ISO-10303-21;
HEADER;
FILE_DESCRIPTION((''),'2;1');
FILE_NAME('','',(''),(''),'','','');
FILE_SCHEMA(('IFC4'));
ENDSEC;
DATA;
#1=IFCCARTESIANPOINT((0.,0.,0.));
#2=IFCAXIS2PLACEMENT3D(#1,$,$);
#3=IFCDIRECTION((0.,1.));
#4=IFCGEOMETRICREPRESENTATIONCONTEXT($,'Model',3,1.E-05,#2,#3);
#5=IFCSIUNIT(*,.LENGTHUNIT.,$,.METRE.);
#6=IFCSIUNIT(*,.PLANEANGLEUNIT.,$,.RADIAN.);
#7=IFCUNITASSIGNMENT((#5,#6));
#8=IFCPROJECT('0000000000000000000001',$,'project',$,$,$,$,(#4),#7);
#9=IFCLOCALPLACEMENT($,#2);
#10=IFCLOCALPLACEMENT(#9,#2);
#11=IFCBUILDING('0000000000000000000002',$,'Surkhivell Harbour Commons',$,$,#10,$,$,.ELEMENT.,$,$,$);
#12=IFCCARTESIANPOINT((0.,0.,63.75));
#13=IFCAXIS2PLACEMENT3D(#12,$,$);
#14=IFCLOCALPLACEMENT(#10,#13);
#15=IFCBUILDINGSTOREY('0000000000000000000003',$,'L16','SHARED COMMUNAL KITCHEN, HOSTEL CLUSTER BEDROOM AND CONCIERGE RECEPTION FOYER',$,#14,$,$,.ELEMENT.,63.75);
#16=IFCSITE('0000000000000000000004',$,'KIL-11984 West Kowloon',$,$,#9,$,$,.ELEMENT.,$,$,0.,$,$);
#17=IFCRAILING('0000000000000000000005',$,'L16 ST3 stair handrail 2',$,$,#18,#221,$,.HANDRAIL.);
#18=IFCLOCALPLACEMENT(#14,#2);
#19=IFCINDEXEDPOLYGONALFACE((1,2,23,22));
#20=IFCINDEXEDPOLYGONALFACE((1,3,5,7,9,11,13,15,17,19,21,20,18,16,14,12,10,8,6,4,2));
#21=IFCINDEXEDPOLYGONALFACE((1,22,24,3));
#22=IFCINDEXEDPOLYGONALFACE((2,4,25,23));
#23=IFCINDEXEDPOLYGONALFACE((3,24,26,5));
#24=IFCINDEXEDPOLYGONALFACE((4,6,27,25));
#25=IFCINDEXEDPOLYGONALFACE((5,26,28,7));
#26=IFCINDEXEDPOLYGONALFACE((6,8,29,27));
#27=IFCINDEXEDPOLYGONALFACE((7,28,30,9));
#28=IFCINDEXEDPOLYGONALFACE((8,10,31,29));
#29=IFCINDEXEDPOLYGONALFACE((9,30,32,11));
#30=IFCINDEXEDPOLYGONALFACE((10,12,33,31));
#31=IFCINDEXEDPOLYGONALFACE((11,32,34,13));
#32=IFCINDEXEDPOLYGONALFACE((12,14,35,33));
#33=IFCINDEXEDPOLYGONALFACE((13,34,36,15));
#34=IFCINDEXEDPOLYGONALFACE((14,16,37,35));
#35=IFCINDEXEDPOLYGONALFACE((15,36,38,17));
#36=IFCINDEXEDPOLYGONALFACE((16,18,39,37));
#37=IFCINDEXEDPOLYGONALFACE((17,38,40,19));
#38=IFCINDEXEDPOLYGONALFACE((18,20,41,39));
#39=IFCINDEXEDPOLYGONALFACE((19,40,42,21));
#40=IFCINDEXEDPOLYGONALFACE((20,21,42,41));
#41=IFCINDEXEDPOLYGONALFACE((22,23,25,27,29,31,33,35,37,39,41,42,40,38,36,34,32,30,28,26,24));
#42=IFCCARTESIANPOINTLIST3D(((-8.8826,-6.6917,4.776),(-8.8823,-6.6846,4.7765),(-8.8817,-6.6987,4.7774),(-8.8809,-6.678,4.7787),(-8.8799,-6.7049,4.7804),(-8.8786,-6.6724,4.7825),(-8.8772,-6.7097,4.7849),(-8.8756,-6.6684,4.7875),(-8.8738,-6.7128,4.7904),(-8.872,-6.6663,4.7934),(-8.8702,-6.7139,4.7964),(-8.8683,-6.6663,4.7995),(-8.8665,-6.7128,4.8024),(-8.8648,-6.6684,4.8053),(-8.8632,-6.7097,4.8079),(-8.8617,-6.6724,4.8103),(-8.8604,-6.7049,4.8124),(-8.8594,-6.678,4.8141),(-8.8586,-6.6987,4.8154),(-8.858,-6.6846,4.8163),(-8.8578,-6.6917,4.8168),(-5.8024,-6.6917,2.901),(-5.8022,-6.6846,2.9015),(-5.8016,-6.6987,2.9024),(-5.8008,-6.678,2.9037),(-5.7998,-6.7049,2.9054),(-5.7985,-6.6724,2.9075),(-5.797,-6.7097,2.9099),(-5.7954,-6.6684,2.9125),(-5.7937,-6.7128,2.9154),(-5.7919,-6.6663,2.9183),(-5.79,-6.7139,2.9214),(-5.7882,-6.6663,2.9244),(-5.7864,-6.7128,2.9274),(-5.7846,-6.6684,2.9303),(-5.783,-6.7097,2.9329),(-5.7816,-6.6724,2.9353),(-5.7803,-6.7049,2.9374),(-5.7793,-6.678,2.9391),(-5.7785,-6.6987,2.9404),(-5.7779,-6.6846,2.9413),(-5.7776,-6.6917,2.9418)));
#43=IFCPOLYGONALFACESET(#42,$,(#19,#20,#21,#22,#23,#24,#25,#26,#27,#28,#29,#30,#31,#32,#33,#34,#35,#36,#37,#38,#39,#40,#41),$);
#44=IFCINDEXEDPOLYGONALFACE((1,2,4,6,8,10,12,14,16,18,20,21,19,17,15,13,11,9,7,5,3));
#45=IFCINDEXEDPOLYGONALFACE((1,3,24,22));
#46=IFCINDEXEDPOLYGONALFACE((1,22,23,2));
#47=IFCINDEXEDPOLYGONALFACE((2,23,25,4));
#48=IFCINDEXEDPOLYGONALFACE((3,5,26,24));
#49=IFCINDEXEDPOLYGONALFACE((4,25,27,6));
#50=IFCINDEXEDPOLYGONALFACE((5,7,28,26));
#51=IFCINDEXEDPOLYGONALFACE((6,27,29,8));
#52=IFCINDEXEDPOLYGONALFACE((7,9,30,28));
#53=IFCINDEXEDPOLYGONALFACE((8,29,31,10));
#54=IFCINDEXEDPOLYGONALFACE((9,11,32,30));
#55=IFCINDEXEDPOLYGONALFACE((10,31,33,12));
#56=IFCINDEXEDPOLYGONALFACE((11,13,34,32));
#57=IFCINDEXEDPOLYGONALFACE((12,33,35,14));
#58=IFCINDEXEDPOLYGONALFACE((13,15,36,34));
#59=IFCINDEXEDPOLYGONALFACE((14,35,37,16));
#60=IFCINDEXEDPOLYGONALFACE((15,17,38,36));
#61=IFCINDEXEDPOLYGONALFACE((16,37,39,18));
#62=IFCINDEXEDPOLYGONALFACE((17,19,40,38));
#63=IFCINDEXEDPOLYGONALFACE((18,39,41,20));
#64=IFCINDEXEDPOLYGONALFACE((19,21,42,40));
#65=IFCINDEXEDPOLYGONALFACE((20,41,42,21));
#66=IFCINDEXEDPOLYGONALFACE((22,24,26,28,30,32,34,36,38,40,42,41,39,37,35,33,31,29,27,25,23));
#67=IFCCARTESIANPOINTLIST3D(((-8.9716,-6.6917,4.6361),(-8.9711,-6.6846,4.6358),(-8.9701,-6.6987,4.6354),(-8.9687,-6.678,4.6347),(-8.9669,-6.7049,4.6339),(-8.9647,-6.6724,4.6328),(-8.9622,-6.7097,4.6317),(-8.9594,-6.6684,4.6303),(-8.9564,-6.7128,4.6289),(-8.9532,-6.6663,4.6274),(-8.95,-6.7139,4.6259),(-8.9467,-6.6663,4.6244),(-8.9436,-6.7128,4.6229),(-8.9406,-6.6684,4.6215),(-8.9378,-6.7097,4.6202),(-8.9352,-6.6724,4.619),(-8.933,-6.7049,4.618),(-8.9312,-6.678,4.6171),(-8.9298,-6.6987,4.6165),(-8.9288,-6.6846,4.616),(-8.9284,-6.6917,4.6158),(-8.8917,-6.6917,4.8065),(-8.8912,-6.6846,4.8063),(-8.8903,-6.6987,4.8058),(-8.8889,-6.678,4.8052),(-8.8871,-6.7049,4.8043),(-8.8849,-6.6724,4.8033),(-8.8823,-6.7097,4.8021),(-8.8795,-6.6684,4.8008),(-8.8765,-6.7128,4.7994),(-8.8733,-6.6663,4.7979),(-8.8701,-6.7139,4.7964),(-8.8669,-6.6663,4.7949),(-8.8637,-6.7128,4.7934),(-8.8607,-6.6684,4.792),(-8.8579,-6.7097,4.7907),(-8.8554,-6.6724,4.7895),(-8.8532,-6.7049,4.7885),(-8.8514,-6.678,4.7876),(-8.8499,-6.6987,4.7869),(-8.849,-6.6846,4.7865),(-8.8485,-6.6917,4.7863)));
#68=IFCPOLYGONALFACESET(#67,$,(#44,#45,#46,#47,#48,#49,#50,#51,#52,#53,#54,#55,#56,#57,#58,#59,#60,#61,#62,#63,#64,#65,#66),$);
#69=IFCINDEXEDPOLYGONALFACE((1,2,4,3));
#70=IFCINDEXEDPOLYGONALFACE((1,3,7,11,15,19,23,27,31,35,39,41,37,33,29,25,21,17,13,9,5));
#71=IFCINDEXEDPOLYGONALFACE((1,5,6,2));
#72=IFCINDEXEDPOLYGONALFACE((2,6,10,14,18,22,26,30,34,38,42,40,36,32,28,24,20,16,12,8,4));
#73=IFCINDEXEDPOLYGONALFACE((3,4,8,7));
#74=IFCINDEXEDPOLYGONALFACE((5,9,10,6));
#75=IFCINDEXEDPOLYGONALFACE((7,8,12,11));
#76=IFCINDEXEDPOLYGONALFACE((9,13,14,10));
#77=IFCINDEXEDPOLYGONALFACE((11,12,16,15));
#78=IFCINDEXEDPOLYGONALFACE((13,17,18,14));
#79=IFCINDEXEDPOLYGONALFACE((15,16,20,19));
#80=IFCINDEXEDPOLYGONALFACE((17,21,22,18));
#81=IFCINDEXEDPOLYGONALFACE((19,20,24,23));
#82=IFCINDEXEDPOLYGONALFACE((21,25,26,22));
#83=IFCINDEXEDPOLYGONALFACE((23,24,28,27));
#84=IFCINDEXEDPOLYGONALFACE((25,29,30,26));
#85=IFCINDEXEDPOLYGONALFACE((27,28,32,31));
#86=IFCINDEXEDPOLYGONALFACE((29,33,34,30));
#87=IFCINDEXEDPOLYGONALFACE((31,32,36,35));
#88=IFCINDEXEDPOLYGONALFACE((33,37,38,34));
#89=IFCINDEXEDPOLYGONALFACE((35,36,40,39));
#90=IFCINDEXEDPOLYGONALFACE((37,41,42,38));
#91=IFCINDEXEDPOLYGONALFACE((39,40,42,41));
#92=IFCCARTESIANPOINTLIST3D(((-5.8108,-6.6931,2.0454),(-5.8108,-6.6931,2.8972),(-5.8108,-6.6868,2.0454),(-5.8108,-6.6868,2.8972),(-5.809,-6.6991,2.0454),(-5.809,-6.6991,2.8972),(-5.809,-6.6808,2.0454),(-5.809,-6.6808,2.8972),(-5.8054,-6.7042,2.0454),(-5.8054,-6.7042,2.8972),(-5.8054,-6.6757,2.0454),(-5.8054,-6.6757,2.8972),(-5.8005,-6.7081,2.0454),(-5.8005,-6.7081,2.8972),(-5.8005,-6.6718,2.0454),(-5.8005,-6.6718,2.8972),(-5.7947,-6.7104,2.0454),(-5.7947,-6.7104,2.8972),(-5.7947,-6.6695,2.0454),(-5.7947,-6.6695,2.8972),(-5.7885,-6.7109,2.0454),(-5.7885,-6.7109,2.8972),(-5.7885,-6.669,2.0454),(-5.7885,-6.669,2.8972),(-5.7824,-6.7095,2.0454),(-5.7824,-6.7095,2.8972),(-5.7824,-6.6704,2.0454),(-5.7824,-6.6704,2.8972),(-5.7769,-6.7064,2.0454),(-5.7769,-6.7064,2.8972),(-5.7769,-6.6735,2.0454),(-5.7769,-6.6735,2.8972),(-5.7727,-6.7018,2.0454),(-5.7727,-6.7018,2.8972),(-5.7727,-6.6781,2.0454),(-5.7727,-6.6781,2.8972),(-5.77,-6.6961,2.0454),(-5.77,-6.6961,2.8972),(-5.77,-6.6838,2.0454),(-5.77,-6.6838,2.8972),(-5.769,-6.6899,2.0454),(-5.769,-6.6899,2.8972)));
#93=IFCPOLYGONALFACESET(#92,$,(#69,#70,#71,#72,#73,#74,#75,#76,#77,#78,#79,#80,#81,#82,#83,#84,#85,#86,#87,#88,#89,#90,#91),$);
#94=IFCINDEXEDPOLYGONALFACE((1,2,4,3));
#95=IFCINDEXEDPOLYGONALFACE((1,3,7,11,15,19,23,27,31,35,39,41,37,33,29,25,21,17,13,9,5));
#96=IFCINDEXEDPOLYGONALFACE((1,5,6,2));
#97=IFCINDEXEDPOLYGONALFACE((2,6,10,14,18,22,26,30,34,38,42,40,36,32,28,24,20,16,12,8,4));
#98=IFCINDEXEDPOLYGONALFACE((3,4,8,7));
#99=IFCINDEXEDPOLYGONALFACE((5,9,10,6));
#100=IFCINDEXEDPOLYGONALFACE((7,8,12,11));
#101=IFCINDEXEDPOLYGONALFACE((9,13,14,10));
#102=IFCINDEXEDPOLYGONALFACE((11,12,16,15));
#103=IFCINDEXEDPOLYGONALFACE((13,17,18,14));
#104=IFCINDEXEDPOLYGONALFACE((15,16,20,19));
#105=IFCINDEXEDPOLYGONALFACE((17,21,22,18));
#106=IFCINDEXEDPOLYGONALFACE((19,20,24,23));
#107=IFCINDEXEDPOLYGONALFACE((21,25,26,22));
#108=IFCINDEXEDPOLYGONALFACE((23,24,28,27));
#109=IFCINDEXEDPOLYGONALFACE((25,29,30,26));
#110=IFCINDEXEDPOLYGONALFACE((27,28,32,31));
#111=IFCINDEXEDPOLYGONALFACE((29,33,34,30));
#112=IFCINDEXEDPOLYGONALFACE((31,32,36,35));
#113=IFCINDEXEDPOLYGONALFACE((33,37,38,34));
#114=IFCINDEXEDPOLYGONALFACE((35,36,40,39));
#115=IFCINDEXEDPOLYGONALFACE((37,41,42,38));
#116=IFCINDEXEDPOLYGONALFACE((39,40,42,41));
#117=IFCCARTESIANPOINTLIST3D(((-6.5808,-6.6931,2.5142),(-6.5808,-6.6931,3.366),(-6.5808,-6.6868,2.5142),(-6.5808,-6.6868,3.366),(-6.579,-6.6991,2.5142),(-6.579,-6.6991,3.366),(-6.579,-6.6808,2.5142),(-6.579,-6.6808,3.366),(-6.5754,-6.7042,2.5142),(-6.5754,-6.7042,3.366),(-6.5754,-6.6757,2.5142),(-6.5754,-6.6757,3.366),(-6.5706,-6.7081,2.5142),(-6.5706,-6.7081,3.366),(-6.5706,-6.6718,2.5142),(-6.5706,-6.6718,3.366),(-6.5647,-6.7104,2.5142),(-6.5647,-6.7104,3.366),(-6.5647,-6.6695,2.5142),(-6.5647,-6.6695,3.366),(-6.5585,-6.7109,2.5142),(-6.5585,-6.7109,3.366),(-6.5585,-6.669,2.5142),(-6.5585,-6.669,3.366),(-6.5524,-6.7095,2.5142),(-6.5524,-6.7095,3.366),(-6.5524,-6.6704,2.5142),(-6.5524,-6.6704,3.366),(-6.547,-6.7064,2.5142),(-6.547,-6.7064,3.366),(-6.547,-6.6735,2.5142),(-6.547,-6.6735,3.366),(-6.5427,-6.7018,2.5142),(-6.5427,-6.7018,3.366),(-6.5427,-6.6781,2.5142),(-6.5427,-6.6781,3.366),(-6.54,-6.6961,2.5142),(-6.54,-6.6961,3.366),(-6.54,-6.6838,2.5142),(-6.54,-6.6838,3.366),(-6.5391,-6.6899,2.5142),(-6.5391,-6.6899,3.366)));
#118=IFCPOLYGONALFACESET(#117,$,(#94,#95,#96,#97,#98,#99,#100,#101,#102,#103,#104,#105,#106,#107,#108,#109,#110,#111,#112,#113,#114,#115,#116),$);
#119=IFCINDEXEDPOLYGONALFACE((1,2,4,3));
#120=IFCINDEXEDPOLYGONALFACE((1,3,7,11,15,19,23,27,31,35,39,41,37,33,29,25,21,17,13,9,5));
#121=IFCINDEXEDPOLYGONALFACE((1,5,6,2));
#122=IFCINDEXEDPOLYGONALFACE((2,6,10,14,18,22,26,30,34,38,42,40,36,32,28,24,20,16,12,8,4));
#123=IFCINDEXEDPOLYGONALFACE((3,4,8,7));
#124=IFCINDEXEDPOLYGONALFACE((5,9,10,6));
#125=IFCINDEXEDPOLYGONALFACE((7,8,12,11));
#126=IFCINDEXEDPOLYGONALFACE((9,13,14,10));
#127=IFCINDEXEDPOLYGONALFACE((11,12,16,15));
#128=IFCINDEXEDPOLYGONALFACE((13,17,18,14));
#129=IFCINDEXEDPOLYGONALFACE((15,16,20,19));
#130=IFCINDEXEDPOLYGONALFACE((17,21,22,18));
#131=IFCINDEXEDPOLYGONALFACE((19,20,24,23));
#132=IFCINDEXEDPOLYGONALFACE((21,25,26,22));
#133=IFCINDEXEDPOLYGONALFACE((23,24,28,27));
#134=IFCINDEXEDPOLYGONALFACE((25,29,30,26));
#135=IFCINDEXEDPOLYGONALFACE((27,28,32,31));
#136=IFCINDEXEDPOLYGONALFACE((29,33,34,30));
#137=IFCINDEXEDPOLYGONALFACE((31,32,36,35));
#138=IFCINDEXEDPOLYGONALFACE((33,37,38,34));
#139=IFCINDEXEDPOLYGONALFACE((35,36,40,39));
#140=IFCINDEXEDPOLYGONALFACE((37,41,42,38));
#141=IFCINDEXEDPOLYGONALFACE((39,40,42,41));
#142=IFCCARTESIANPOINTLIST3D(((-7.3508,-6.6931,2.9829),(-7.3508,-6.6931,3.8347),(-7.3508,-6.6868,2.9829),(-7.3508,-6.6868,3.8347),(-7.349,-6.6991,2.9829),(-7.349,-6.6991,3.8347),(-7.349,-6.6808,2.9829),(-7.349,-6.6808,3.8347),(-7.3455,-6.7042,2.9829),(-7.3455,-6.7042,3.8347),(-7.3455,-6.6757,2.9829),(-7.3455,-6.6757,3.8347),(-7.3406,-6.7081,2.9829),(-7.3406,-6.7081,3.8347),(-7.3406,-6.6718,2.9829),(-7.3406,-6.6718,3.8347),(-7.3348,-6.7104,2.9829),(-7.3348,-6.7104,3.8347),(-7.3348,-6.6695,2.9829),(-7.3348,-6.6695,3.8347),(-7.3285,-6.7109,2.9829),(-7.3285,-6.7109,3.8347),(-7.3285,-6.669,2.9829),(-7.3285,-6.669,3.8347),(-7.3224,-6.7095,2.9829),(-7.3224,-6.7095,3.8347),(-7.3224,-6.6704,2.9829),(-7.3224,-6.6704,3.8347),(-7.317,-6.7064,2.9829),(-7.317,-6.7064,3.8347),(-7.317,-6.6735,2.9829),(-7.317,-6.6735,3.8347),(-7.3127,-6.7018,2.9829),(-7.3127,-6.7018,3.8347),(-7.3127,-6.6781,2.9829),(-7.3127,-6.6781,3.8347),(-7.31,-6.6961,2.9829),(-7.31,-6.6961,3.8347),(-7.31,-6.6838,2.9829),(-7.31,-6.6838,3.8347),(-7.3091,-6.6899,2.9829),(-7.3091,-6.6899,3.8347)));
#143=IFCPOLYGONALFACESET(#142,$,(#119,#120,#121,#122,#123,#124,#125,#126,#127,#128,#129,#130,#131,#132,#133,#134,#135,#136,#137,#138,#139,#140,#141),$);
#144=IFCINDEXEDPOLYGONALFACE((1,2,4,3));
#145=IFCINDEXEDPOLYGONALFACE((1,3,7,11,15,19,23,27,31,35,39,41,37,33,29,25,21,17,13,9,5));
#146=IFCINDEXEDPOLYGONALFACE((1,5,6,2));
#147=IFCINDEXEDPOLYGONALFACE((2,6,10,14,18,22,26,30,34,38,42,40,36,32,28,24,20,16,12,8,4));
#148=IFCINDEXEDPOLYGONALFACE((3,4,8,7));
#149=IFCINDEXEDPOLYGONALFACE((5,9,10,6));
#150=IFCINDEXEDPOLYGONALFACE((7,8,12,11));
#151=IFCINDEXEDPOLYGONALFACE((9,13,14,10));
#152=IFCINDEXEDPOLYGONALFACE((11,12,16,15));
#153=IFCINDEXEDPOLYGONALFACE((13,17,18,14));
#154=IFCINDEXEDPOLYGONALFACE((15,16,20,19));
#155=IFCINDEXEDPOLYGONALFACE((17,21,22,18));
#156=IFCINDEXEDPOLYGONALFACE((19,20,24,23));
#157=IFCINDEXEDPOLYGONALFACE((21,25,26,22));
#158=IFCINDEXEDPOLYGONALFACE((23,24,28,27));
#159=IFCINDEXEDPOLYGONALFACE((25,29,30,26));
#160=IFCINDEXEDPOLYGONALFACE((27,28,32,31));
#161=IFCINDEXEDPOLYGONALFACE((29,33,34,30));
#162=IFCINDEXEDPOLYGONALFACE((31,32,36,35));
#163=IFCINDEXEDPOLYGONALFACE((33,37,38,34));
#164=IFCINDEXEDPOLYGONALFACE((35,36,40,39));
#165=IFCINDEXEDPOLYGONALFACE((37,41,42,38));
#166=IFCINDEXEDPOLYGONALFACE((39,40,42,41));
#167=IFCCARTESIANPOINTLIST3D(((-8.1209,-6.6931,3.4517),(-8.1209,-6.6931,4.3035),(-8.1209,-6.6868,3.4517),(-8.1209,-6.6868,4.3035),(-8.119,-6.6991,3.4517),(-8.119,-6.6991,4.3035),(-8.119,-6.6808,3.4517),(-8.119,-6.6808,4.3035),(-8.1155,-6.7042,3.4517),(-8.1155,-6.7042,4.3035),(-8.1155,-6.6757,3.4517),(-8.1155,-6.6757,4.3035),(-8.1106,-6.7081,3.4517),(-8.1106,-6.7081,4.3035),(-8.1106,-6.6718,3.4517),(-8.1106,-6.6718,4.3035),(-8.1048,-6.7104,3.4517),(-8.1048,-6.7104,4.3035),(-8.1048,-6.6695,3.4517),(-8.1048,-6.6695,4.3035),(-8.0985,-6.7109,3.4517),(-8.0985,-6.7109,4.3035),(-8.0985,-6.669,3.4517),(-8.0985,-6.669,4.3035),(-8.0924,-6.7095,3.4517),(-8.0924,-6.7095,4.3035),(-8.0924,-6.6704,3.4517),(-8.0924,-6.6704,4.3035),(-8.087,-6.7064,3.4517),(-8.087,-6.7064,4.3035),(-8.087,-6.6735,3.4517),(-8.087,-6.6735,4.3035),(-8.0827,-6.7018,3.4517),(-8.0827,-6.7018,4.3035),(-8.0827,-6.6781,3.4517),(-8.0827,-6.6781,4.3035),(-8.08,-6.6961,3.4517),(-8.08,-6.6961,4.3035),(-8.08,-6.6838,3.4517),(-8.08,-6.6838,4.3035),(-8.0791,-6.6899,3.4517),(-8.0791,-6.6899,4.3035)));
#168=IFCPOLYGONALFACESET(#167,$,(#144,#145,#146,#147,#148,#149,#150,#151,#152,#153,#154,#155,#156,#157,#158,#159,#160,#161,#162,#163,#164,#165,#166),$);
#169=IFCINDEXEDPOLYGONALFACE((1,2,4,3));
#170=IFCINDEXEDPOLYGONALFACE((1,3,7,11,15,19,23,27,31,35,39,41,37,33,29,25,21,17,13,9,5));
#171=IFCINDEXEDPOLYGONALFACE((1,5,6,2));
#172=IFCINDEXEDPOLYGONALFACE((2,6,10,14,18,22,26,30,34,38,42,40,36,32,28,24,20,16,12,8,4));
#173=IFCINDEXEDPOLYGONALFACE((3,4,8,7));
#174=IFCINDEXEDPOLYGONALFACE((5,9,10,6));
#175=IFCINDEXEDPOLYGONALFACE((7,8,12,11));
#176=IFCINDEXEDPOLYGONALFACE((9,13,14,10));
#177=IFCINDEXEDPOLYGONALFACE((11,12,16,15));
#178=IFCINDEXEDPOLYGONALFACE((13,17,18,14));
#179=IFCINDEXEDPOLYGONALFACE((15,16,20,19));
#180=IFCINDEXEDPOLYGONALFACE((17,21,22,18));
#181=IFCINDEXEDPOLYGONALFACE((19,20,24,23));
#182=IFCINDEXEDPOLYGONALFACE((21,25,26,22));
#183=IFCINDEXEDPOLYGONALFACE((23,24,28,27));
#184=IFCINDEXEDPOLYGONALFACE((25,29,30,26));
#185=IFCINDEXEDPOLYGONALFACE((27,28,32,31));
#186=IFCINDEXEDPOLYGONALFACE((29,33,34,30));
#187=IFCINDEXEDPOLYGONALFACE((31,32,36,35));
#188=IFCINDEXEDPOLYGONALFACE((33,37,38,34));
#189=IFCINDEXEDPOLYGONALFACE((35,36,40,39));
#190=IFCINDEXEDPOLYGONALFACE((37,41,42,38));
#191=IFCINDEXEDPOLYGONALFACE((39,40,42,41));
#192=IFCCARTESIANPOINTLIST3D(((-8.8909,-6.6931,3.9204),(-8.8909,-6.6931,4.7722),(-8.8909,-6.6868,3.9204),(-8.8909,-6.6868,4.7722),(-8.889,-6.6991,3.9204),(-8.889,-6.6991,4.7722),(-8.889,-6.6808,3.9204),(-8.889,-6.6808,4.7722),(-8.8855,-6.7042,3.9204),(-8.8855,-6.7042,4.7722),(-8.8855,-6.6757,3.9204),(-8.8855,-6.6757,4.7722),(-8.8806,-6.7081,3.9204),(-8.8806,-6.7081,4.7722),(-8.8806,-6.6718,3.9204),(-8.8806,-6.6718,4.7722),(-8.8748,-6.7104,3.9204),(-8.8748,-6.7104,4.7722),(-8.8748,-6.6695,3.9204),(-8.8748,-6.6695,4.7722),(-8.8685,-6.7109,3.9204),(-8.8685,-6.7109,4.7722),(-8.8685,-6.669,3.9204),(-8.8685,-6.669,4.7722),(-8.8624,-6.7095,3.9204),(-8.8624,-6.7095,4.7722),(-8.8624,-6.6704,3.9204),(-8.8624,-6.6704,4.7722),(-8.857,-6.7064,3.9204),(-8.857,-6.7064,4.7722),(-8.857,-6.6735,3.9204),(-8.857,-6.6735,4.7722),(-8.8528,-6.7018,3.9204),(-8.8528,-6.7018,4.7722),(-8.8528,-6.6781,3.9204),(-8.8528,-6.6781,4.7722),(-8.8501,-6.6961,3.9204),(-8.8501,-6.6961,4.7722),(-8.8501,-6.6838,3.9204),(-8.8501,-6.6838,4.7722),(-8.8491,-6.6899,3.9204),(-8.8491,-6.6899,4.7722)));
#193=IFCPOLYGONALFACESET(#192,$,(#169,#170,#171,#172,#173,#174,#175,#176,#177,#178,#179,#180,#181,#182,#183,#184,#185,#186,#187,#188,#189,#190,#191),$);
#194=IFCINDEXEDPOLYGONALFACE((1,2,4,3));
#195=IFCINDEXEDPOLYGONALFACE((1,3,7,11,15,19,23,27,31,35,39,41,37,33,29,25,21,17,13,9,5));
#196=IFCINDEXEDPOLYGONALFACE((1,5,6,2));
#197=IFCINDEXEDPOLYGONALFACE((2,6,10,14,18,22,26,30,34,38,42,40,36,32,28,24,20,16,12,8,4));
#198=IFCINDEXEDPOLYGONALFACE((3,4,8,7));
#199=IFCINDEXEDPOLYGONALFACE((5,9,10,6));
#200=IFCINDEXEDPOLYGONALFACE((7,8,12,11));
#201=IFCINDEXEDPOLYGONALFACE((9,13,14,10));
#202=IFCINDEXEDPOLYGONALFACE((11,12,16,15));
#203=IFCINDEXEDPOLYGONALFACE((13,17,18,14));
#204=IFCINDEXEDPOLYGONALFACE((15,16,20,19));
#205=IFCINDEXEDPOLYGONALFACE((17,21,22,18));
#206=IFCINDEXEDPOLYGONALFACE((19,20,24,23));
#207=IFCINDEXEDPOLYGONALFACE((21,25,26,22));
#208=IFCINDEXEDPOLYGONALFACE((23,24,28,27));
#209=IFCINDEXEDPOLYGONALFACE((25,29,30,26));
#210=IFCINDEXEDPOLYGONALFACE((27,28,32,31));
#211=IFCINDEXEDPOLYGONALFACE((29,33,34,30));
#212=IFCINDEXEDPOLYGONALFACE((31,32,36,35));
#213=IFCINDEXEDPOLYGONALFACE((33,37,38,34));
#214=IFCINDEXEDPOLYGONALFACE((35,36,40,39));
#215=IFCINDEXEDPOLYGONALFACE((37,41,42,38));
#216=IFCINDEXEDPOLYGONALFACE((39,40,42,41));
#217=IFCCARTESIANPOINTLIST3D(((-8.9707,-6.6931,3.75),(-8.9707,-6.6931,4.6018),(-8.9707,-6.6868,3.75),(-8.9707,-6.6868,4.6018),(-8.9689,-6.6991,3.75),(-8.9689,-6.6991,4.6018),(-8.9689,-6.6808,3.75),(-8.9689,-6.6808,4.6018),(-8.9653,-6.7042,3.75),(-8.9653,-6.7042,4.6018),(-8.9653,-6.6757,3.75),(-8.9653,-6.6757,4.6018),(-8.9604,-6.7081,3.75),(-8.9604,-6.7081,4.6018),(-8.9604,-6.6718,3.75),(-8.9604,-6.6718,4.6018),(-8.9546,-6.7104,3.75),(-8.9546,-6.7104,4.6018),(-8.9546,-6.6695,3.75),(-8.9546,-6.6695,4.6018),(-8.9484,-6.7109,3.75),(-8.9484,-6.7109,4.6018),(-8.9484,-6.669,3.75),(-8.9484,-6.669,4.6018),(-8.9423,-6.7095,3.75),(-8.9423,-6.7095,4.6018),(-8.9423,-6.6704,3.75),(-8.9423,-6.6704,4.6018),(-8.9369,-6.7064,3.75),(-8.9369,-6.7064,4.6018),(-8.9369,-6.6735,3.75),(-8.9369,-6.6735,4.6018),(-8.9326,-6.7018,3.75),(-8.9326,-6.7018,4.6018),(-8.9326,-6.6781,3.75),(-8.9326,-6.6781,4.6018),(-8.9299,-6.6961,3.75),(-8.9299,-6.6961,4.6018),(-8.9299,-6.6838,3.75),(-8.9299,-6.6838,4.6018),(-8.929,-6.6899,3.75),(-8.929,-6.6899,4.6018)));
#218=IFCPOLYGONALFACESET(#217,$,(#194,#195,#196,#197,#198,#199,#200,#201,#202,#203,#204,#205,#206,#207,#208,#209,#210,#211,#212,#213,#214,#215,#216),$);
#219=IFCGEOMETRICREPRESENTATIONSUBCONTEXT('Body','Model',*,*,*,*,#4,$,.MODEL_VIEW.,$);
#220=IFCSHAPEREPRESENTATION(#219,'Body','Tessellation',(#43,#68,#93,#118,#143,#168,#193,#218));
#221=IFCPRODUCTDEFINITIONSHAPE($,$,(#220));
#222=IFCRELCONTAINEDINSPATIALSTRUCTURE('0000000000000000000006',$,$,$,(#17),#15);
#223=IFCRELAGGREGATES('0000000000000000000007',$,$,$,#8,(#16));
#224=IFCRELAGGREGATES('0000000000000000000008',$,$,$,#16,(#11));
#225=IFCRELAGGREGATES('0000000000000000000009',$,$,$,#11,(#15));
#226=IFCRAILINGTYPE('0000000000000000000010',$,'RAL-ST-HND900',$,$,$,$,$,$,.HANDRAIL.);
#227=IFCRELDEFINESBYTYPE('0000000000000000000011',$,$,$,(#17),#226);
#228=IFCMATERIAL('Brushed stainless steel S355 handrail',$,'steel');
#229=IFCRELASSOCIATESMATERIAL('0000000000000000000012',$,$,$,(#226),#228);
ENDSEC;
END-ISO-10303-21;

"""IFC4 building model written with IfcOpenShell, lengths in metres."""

from ifc_helpers import new_model, si_unit, direction, frame, origin, origin_2d, place, context, subcontext, project, spatial, circle, extrude, material, type_object, element, save


model = new_model("IFC4")

# Units and contexts
model_context = context("Model", 3, precision=1e-05, world=origin(), true_north=direction((0.0, 1.0)))
body_context = subcontext(model_context, "Body", "Model", "MODEL_VIEW")
ifc_project = project(units=[si_unit("LENGTHUNIT", "METRE"), si_unit("PLANEANGLEUNIT", "RADIAN")], contexts=[model_context])

# Site, building, storey
site_placement = place(None, origin())
site = spatial("IfcSite", under=ifc_project, at=site_placement, Name="KIL-11984 West Kowloon", CompositionType="ELEMENT", RefElevation=0.0)
building_placement = place(site_placement, origin())
building = spatial("IfcBuilding", under=site, at=building_placement, Name="Surkhivell Harbour Commons", CompositionType="ELEMENT")
storey_placement = place(building_placement, frame((0.0, 0.0, 63.75)))
storey = spatial("IfcBuildingStorey", under=building, at=storey_placement, Name="L16", Description="SHARED COMMUNAL KITCHEN, HOSTEL CLUSTER BEDROOM AND CONCIERGE RECEPTION FOYER", CompositionType="ELEMENT", Elevation=63.75)

# Railing
ifc_material_1 = material(Name="Brushed stainless steel S355 handrail", Category="steel")
railing_type_1 = type_object("IfcRailingType", Name="RAL-ST-HND900", PredefinedType="HANDRAIL", material=ifc_material_1)
railing_1_placement = place(storey_placement, frame((-5.79, -6.6899, 2.0454)))
element("IfcRailing", 1, at=railing_1_placement, inside=storey, type_object=railing_type_1, Name="L16 ST3 stair handrail 2", PredefinedType="HANDRAIL", context=body_context, shape_type="SweptSolid", body=[
    extrude(circle(Radius=0.0239, at=origin_2d()), frame((0.0, 0.0, 0.876), z_axis=(-0.854178, 0.0, 0.519981), x_axis=(0.0, -1.0, 0.0)), (0.0, 0.0, 1.0), 3.606),
    extrude(circle(Radius=0.0239, at=origin_2d()), frame((-3.0801, 0.0, 2.751), z_axis=(-0.424234, 0.0, -0.905552), x_axis=(0.0, -1.0, 0.0)), (0.0, 0.0, 1.0), 0.1882),
    extrude(circle(Radius=0.021, at=origin_2d()), origin(), (0.0, 0.0, 1.0), 0.8518),
    extrude(circle(Radius=0.021, at=origin_2d()), frame((-0.77, 0.0, 0.4688)), (0.0, 0.0, 1.0), 0.8518),
    extrude(circle(Radius=0.021, at=origin_2d()), frame((-1.54, 0.0, 0.9375)), (0.0, 0.0, 1.0), 0.8518),
    extrude(circle(Radius=0.021, at=origin_2d()), frame((-2.3101, 0.0, 1.4062)), (0.0, 0.0, 1.0), 0.8518),
    extrude(circle(Radius=0.021, at=origin_2d()), frame((-3.0801, 0.0, 1.875)), (0.0, 0.0, 1.0), 0.8518),
    extrude(circle(Radius=0.021, at=origin_2d()), frame((-3.1599, 0.0, 1.7046)), (0.0, 0.0, 1.0), 0.8518),
])

save(model, "model.ifc")
